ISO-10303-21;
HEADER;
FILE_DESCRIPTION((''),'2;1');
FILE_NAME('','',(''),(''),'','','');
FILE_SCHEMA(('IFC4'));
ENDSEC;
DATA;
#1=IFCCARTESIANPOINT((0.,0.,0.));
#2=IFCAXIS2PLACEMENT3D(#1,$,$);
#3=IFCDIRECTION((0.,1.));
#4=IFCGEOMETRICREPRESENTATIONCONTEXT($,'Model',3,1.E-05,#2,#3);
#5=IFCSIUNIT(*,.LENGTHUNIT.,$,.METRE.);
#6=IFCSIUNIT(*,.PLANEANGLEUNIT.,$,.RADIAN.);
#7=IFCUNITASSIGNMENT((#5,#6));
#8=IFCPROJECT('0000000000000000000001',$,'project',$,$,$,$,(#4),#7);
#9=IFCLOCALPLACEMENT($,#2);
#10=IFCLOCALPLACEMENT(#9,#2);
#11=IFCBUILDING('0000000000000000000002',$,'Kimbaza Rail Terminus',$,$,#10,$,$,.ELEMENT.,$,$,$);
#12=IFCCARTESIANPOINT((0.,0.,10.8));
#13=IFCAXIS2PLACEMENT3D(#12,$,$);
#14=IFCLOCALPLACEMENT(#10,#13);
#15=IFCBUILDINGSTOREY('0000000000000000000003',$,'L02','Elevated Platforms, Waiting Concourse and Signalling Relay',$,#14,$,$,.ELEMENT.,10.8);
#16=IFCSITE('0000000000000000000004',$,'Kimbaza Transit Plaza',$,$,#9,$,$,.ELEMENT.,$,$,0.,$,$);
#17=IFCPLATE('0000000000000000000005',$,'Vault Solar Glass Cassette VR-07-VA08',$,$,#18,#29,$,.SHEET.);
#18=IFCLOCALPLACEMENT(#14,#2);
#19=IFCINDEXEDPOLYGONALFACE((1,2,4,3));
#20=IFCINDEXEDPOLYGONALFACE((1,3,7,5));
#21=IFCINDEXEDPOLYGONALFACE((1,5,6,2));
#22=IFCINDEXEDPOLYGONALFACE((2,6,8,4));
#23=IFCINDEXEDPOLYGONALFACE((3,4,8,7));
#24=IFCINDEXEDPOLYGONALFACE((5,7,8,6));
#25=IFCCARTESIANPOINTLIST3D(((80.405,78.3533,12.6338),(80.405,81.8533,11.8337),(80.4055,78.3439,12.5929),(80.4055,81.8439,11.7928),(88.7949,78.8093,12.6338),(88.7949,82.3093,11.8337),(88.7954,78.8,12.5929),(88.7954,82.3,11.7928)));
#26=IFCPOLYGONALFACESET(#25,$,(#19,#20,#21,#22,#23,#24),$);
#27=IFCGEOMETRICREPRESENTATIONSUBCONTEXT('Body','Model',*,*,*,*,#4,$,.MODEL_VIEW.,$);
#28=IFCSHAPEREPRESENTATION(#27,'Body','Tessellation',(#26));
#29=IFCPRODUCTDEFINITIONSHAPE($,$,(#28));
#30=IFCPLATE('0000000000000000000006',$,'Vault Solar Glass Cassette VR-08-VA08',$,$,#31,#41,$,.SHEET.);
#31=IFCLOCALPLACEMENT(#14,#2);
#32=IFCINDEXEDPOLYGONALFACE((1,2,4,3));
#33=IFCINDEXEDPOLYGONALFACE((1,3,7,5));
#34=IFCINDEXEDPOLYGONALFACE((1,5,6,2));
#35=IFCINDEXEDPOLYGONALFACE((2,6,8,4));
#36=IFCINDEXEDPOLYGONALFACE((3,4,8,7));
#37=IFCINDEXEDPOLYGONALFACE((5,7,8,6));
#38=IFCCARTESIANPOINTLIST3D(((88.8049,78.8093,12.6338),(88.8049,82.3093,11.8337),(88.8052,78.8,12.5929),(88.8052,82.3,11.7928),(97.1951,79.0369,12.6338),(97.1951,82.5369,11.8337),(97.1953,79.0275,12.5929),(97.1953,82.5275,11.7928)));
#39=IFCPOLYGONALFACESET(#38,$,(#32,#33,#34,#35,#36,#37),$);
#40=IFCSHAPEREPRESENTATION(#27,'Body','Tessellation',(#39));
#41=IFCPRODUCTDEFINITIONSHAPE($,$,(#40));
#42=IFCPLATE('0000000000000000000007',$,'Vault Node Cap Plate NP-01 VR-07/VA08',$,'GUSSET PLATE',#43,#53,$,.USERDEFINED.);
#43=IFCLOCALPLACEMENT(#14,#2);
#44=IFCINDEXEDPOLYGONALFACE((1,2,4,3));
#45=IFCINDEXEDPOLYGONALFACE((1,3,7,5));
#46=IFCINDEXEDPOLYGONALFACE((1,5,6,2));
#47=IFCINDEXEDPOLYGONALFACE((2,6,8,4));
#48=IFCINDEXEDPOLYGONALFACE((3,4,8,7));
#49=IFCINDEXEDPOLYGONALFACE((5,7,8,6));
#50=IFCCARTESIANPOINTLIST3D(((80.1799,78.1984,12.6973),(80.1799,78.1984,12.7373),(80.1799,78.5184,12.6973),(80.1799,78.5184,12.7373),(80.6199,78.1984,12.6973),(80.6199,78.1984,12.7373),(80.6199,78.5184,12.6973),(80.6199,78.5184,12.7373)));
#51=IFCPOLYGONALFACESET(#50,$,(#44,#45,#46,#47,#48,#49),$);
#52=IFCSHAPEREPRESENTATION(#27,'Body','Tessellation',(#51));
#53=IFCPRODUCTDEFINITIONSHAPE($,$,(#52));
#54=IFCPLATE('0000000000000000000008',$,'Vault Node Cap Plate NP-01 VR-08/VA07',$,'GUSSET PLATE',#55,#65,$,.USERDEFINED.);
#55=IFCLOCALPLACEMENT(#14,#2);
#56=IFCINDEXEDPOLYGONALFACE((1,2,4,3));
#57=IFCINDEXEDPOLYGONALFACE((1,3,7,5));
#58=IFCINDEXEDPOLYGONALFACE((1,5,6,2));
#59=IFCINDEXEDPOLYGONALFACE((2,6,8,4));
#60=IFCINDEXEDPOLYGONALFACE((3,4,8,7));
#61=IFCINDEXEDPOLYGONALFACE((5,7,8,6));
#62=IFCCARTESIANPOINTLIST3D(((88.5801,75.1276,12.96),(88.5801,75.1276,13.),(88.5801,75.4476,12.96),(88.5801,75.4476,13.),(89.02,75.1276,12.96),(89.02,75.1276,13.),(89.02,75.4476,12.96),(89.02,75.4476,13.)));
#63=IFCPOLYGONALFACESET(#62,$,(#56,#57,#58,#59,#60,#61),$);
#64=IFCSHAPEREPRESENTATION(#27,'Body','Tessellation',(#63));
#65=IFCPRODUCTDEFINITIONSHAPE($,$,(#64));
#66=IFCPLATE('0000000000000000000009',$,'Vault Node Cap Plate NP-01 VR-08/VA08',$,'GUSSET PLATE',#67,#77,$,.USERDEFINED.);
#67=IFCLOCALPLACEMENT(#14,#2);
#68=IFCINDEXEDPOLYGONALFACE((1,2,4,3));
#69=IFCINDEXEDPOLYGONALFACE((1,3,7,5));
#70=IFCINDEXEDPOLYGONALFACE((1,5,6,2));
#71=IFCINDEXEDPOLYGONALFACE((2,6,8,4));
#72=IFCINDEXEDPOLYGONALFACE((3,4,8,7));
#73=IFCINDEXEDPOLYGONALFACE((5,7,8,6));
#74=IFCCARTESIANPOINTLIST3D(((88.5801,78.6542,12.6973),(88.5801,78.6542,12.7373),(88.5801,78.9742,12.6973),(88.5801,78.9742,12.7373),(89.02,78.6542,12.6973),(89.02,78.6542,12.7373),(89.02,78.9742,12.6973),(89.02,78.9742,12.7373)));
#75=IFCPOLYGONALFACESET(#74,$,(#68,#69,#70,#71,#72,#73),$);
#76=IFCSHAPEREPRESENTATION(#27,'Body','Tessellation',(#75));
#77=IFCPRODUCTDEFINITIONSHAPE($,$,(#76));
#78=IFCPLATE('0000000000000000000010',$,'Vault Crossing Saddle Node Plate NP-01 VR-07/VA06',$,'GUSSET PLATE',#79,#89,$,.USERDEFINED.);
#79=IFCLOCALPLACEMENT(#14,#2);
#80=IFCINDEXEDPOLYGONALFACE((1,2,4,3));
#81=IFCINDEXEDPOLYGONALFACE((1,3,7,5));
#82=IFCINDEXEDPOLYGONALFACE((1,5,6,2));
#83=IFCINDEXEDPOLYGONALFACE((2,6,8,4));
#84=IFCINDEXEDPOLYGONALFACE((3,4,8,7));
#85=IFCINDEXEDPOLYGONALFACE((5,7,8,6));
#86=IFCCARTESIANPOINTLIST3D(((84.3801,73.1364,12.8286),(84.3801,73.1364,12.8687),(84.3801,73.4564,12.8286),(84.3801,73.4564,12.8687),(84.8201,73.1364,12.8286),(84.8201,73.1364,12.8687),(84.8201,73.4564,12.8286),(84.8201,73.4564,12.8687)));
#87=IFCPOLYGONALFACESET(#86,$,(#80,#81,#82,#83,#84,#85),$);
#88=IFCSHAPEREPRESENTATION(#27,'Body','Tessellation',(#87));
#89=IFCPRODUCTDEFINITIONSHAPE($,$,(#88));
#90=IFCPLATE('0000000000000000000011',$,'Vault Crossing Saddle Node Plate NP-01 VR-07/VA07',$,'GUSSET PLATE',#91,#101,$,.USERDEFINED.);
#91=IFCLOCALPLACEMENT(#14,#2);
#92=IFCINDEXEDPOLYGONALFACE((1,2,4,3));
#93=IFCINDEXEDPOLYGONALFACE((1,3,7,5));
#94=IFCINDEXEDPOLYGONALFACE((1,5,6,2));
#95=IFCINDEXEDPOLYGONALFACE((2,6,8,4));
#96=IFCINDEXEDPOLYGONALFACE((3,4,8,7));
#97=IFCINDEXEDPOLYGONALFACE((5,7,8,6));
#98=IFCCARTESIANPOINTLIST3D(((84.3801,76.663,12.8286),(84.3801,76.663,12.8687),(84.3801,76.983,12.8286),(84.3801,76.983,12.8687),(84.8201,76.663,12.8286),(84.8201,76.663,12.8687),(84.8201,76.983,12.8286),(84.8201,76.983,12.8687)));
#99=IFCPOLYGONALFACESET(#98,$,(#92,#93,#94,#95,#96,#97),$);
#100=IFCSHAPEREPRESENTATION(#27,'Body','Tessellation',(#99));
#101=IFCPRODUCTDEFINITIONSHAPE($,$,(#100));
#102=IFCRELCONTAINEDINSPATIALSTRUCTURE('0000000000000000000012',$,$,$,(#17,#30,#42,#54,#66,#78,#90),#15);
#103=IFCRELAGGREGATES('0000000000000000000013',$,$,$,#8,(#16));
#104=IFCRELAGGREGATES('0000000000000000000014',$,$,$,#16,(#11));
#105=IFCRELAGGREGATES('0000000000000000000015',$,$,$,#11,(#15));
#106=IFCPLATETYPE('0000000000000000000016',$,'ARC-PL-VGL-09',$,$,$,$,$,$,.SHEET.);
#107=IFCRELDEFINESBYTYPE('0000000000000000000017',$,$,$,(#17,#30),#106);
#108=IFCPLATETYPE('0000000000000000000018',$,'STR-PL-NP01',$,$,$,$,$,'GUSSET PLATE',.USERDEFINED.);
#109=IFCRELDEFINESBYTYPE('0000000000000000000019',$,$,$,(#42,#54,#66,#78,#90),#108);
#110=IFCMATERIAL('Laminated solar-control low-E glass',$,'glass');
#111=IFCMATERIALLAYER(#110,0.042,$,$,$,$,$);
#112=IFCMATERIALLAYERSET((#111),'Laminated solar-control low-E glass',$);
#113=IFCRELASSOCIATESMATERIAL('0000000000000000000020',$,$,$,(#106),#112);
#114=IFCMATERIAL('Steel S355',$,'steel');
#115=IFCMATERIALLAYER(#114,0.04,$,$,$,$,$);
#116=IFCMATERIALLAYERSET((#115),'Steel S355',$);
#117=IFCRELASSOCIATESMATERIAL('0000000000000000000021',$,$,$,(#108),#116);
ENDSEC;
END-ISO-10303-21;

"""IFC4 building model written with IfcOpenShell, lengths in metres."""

from ifc_helpers import new_model, si_unit, direction, frame, origin, origin_2d, place, context, subcontext, project, spatial, polyline, rectangle, outline, extrude, material, layer, layer_set, type_object, element, save


model = new_model("IFC4")

# Units and contexts
model_context = context("Model", 3, precision=1e-05, world=origin(), true_north=direction((0.0, 1.0)))
body_context = subcontext(model_context, "Body", "Model", "MODEL_VIEW")
ifc_project = project(units=[si_unit("LENGTHUNIT", "METRE"), si_unit("PLANEANGLEUNIT", "RADIAN")], contexts=[model_context])

# Site, building, storey
site_placement = place(None, origin())
site = spatial("IfcSite", under=ifc_project, at=site_placement, Name="Kimbaza Transit Plaza", CompositionType="ELEMENT", RefElevation=0.0)
building_placement = place(site_placement, origin())
building = spatial("IfcBuilding", under=site, at=building_placement, Name="Kimbaza Rail Terminus", CompositionType="ELEMENT")
storey_placement = place(building_placement, frame((0.0, 0.0, 10.8)))
storey = spatial("IfcBuildingStorey", under=building, at=storey_placement, Name="L02", Description="Elevated Platforms, Waiting Concourse and Signalling Relay", CompositionType="ELEMENT", Elevation=10.8)

# Plates
ifc_material_1 = material(Name="Laminated solar-control low-E glass", Category="glass")
ifc_layer_1 = layer(ifc_material_1, 0.042)
ifc_layer_set_1 = layer_set([ifc_layer_1], Name="Laminated solar-control low-E glass")
plate_type_1 = type_object("IfcPlateType", Name="ARC-PL-VGL-09", PredefinedType="SHEET", material=ifc_layer_set_1)
plate_1_placement = place(storey_placement, frame((80.405, 78.3533, 12.6338), z_axis=(-0.012112, 0.222821, 0.974784), x_axis=(0.998526, 0.054278, 0.0)))
element("IfcPlate", 1, at=plate_1_placement, inside=storey, type_object=plate_type_1, Name="Vault Solar Glass Cassette VR-07-VA08", PredefinedType="SHEET", context=body_context, shape_type="SweptSolid", body=[
    extrude(outline(polyline([(0.0, 0.0), (8.4023, 0.0), (8.5922, 3.5852), (0.19, 3.5852), (0.0, 0.0)])), origin(), (0.0, 0.0, -1.0), 0.042),
])
plate_2_placement = place(storey_placement, frame((88.8049, 78.8093, 12.6338), z_axis=(-0.006043, 0.222834, 0.974838), x_axis=(0.999632, 0.02711, 0.0)))
element("IfcPlate", 2, at=plate_2_placement, inside=storey, type_object=plate_type_1, Name="Vault Solar Glass Cassette VR-08-VA08", PredefinedType="SHEET", context=body_context, shape_type="SweptSolid", body=[
    extrude(outline(polyline([(0.0, 0.0), (8.3932, 0.0), (8.4881, 3.589), (0.0949, 3.589), (0.0, 0.0)])), origin(), (0.0, 0.0, -1.0), 0.042),
])
ifc_material_2 = material(Name="Steel S355", Category="steel")
ifc_layer_2 = layer(ifc_material_2, 0.04)
ifc_layer_set_2 = layer_set([ifc_layer_2], Name="Steel S355")
plate_type_2 = type_object("IfcPlateType", Name="STR-PL-NP01", ElementType="GUSSET PLATE", PredefinedType="USERDEFINED", material=ifc_layer_set_2)
for number, where, z_axis, x_axis, name in (
    (3, (80.3999, 78.3584, 12.6973), (0.0, 0.0, 1.0), (1.0, 0.0, 0.0), "Vault Node Cap Plate NP-01 VR-07/VA08"),
    (4, (88.8, 75.2876, 12.96), (0.0, 0.0, 1.0), (1.0, 0.0, 0.0), "Vault Node Cap Plate NP-01 VR-08/VA07"),
    (5, (88.8, 78.8142, 12.6973), (0.0, 0.0, 1.0), (1.0, 0.0, 0.0), "Vault Node Cap Plate NP-01 VR-08/VA08"),
    (6, (84.6001, 73.2964, 12.8286), (0.0, 0.0, 1.0), (1.0, 0.0, 0.0), "Vault Crossing Saddle Node Plate NP-01 VR-07/VA06"),
    (7, (84.6001, 76.823, 12.8286), (0.0, 0.0, 1.0), (1.0, 0.0, 0.0), "Vault Crossing Saddle Node Plate NP-01 VR-07/VA07"),
):
    element("IfcPlate", number, at=place(storey_placement, frame(where, z_axis=z_axis, x_axis=x_axis)), inside=storey, type_object=plate_type_2, Name=name, ObjectType="GUSSET PLATE", PredefinedType="USERDEFINED", context=body_context, shape_type="SweptSolid", body=[
        extrude(rectangle(XDim=0.4399, YDim=0.3201, at=origin_2d()), origin(), (0.0, 0.0, 1.0), 0.04),
    ])

save(model, "model.ifc")
